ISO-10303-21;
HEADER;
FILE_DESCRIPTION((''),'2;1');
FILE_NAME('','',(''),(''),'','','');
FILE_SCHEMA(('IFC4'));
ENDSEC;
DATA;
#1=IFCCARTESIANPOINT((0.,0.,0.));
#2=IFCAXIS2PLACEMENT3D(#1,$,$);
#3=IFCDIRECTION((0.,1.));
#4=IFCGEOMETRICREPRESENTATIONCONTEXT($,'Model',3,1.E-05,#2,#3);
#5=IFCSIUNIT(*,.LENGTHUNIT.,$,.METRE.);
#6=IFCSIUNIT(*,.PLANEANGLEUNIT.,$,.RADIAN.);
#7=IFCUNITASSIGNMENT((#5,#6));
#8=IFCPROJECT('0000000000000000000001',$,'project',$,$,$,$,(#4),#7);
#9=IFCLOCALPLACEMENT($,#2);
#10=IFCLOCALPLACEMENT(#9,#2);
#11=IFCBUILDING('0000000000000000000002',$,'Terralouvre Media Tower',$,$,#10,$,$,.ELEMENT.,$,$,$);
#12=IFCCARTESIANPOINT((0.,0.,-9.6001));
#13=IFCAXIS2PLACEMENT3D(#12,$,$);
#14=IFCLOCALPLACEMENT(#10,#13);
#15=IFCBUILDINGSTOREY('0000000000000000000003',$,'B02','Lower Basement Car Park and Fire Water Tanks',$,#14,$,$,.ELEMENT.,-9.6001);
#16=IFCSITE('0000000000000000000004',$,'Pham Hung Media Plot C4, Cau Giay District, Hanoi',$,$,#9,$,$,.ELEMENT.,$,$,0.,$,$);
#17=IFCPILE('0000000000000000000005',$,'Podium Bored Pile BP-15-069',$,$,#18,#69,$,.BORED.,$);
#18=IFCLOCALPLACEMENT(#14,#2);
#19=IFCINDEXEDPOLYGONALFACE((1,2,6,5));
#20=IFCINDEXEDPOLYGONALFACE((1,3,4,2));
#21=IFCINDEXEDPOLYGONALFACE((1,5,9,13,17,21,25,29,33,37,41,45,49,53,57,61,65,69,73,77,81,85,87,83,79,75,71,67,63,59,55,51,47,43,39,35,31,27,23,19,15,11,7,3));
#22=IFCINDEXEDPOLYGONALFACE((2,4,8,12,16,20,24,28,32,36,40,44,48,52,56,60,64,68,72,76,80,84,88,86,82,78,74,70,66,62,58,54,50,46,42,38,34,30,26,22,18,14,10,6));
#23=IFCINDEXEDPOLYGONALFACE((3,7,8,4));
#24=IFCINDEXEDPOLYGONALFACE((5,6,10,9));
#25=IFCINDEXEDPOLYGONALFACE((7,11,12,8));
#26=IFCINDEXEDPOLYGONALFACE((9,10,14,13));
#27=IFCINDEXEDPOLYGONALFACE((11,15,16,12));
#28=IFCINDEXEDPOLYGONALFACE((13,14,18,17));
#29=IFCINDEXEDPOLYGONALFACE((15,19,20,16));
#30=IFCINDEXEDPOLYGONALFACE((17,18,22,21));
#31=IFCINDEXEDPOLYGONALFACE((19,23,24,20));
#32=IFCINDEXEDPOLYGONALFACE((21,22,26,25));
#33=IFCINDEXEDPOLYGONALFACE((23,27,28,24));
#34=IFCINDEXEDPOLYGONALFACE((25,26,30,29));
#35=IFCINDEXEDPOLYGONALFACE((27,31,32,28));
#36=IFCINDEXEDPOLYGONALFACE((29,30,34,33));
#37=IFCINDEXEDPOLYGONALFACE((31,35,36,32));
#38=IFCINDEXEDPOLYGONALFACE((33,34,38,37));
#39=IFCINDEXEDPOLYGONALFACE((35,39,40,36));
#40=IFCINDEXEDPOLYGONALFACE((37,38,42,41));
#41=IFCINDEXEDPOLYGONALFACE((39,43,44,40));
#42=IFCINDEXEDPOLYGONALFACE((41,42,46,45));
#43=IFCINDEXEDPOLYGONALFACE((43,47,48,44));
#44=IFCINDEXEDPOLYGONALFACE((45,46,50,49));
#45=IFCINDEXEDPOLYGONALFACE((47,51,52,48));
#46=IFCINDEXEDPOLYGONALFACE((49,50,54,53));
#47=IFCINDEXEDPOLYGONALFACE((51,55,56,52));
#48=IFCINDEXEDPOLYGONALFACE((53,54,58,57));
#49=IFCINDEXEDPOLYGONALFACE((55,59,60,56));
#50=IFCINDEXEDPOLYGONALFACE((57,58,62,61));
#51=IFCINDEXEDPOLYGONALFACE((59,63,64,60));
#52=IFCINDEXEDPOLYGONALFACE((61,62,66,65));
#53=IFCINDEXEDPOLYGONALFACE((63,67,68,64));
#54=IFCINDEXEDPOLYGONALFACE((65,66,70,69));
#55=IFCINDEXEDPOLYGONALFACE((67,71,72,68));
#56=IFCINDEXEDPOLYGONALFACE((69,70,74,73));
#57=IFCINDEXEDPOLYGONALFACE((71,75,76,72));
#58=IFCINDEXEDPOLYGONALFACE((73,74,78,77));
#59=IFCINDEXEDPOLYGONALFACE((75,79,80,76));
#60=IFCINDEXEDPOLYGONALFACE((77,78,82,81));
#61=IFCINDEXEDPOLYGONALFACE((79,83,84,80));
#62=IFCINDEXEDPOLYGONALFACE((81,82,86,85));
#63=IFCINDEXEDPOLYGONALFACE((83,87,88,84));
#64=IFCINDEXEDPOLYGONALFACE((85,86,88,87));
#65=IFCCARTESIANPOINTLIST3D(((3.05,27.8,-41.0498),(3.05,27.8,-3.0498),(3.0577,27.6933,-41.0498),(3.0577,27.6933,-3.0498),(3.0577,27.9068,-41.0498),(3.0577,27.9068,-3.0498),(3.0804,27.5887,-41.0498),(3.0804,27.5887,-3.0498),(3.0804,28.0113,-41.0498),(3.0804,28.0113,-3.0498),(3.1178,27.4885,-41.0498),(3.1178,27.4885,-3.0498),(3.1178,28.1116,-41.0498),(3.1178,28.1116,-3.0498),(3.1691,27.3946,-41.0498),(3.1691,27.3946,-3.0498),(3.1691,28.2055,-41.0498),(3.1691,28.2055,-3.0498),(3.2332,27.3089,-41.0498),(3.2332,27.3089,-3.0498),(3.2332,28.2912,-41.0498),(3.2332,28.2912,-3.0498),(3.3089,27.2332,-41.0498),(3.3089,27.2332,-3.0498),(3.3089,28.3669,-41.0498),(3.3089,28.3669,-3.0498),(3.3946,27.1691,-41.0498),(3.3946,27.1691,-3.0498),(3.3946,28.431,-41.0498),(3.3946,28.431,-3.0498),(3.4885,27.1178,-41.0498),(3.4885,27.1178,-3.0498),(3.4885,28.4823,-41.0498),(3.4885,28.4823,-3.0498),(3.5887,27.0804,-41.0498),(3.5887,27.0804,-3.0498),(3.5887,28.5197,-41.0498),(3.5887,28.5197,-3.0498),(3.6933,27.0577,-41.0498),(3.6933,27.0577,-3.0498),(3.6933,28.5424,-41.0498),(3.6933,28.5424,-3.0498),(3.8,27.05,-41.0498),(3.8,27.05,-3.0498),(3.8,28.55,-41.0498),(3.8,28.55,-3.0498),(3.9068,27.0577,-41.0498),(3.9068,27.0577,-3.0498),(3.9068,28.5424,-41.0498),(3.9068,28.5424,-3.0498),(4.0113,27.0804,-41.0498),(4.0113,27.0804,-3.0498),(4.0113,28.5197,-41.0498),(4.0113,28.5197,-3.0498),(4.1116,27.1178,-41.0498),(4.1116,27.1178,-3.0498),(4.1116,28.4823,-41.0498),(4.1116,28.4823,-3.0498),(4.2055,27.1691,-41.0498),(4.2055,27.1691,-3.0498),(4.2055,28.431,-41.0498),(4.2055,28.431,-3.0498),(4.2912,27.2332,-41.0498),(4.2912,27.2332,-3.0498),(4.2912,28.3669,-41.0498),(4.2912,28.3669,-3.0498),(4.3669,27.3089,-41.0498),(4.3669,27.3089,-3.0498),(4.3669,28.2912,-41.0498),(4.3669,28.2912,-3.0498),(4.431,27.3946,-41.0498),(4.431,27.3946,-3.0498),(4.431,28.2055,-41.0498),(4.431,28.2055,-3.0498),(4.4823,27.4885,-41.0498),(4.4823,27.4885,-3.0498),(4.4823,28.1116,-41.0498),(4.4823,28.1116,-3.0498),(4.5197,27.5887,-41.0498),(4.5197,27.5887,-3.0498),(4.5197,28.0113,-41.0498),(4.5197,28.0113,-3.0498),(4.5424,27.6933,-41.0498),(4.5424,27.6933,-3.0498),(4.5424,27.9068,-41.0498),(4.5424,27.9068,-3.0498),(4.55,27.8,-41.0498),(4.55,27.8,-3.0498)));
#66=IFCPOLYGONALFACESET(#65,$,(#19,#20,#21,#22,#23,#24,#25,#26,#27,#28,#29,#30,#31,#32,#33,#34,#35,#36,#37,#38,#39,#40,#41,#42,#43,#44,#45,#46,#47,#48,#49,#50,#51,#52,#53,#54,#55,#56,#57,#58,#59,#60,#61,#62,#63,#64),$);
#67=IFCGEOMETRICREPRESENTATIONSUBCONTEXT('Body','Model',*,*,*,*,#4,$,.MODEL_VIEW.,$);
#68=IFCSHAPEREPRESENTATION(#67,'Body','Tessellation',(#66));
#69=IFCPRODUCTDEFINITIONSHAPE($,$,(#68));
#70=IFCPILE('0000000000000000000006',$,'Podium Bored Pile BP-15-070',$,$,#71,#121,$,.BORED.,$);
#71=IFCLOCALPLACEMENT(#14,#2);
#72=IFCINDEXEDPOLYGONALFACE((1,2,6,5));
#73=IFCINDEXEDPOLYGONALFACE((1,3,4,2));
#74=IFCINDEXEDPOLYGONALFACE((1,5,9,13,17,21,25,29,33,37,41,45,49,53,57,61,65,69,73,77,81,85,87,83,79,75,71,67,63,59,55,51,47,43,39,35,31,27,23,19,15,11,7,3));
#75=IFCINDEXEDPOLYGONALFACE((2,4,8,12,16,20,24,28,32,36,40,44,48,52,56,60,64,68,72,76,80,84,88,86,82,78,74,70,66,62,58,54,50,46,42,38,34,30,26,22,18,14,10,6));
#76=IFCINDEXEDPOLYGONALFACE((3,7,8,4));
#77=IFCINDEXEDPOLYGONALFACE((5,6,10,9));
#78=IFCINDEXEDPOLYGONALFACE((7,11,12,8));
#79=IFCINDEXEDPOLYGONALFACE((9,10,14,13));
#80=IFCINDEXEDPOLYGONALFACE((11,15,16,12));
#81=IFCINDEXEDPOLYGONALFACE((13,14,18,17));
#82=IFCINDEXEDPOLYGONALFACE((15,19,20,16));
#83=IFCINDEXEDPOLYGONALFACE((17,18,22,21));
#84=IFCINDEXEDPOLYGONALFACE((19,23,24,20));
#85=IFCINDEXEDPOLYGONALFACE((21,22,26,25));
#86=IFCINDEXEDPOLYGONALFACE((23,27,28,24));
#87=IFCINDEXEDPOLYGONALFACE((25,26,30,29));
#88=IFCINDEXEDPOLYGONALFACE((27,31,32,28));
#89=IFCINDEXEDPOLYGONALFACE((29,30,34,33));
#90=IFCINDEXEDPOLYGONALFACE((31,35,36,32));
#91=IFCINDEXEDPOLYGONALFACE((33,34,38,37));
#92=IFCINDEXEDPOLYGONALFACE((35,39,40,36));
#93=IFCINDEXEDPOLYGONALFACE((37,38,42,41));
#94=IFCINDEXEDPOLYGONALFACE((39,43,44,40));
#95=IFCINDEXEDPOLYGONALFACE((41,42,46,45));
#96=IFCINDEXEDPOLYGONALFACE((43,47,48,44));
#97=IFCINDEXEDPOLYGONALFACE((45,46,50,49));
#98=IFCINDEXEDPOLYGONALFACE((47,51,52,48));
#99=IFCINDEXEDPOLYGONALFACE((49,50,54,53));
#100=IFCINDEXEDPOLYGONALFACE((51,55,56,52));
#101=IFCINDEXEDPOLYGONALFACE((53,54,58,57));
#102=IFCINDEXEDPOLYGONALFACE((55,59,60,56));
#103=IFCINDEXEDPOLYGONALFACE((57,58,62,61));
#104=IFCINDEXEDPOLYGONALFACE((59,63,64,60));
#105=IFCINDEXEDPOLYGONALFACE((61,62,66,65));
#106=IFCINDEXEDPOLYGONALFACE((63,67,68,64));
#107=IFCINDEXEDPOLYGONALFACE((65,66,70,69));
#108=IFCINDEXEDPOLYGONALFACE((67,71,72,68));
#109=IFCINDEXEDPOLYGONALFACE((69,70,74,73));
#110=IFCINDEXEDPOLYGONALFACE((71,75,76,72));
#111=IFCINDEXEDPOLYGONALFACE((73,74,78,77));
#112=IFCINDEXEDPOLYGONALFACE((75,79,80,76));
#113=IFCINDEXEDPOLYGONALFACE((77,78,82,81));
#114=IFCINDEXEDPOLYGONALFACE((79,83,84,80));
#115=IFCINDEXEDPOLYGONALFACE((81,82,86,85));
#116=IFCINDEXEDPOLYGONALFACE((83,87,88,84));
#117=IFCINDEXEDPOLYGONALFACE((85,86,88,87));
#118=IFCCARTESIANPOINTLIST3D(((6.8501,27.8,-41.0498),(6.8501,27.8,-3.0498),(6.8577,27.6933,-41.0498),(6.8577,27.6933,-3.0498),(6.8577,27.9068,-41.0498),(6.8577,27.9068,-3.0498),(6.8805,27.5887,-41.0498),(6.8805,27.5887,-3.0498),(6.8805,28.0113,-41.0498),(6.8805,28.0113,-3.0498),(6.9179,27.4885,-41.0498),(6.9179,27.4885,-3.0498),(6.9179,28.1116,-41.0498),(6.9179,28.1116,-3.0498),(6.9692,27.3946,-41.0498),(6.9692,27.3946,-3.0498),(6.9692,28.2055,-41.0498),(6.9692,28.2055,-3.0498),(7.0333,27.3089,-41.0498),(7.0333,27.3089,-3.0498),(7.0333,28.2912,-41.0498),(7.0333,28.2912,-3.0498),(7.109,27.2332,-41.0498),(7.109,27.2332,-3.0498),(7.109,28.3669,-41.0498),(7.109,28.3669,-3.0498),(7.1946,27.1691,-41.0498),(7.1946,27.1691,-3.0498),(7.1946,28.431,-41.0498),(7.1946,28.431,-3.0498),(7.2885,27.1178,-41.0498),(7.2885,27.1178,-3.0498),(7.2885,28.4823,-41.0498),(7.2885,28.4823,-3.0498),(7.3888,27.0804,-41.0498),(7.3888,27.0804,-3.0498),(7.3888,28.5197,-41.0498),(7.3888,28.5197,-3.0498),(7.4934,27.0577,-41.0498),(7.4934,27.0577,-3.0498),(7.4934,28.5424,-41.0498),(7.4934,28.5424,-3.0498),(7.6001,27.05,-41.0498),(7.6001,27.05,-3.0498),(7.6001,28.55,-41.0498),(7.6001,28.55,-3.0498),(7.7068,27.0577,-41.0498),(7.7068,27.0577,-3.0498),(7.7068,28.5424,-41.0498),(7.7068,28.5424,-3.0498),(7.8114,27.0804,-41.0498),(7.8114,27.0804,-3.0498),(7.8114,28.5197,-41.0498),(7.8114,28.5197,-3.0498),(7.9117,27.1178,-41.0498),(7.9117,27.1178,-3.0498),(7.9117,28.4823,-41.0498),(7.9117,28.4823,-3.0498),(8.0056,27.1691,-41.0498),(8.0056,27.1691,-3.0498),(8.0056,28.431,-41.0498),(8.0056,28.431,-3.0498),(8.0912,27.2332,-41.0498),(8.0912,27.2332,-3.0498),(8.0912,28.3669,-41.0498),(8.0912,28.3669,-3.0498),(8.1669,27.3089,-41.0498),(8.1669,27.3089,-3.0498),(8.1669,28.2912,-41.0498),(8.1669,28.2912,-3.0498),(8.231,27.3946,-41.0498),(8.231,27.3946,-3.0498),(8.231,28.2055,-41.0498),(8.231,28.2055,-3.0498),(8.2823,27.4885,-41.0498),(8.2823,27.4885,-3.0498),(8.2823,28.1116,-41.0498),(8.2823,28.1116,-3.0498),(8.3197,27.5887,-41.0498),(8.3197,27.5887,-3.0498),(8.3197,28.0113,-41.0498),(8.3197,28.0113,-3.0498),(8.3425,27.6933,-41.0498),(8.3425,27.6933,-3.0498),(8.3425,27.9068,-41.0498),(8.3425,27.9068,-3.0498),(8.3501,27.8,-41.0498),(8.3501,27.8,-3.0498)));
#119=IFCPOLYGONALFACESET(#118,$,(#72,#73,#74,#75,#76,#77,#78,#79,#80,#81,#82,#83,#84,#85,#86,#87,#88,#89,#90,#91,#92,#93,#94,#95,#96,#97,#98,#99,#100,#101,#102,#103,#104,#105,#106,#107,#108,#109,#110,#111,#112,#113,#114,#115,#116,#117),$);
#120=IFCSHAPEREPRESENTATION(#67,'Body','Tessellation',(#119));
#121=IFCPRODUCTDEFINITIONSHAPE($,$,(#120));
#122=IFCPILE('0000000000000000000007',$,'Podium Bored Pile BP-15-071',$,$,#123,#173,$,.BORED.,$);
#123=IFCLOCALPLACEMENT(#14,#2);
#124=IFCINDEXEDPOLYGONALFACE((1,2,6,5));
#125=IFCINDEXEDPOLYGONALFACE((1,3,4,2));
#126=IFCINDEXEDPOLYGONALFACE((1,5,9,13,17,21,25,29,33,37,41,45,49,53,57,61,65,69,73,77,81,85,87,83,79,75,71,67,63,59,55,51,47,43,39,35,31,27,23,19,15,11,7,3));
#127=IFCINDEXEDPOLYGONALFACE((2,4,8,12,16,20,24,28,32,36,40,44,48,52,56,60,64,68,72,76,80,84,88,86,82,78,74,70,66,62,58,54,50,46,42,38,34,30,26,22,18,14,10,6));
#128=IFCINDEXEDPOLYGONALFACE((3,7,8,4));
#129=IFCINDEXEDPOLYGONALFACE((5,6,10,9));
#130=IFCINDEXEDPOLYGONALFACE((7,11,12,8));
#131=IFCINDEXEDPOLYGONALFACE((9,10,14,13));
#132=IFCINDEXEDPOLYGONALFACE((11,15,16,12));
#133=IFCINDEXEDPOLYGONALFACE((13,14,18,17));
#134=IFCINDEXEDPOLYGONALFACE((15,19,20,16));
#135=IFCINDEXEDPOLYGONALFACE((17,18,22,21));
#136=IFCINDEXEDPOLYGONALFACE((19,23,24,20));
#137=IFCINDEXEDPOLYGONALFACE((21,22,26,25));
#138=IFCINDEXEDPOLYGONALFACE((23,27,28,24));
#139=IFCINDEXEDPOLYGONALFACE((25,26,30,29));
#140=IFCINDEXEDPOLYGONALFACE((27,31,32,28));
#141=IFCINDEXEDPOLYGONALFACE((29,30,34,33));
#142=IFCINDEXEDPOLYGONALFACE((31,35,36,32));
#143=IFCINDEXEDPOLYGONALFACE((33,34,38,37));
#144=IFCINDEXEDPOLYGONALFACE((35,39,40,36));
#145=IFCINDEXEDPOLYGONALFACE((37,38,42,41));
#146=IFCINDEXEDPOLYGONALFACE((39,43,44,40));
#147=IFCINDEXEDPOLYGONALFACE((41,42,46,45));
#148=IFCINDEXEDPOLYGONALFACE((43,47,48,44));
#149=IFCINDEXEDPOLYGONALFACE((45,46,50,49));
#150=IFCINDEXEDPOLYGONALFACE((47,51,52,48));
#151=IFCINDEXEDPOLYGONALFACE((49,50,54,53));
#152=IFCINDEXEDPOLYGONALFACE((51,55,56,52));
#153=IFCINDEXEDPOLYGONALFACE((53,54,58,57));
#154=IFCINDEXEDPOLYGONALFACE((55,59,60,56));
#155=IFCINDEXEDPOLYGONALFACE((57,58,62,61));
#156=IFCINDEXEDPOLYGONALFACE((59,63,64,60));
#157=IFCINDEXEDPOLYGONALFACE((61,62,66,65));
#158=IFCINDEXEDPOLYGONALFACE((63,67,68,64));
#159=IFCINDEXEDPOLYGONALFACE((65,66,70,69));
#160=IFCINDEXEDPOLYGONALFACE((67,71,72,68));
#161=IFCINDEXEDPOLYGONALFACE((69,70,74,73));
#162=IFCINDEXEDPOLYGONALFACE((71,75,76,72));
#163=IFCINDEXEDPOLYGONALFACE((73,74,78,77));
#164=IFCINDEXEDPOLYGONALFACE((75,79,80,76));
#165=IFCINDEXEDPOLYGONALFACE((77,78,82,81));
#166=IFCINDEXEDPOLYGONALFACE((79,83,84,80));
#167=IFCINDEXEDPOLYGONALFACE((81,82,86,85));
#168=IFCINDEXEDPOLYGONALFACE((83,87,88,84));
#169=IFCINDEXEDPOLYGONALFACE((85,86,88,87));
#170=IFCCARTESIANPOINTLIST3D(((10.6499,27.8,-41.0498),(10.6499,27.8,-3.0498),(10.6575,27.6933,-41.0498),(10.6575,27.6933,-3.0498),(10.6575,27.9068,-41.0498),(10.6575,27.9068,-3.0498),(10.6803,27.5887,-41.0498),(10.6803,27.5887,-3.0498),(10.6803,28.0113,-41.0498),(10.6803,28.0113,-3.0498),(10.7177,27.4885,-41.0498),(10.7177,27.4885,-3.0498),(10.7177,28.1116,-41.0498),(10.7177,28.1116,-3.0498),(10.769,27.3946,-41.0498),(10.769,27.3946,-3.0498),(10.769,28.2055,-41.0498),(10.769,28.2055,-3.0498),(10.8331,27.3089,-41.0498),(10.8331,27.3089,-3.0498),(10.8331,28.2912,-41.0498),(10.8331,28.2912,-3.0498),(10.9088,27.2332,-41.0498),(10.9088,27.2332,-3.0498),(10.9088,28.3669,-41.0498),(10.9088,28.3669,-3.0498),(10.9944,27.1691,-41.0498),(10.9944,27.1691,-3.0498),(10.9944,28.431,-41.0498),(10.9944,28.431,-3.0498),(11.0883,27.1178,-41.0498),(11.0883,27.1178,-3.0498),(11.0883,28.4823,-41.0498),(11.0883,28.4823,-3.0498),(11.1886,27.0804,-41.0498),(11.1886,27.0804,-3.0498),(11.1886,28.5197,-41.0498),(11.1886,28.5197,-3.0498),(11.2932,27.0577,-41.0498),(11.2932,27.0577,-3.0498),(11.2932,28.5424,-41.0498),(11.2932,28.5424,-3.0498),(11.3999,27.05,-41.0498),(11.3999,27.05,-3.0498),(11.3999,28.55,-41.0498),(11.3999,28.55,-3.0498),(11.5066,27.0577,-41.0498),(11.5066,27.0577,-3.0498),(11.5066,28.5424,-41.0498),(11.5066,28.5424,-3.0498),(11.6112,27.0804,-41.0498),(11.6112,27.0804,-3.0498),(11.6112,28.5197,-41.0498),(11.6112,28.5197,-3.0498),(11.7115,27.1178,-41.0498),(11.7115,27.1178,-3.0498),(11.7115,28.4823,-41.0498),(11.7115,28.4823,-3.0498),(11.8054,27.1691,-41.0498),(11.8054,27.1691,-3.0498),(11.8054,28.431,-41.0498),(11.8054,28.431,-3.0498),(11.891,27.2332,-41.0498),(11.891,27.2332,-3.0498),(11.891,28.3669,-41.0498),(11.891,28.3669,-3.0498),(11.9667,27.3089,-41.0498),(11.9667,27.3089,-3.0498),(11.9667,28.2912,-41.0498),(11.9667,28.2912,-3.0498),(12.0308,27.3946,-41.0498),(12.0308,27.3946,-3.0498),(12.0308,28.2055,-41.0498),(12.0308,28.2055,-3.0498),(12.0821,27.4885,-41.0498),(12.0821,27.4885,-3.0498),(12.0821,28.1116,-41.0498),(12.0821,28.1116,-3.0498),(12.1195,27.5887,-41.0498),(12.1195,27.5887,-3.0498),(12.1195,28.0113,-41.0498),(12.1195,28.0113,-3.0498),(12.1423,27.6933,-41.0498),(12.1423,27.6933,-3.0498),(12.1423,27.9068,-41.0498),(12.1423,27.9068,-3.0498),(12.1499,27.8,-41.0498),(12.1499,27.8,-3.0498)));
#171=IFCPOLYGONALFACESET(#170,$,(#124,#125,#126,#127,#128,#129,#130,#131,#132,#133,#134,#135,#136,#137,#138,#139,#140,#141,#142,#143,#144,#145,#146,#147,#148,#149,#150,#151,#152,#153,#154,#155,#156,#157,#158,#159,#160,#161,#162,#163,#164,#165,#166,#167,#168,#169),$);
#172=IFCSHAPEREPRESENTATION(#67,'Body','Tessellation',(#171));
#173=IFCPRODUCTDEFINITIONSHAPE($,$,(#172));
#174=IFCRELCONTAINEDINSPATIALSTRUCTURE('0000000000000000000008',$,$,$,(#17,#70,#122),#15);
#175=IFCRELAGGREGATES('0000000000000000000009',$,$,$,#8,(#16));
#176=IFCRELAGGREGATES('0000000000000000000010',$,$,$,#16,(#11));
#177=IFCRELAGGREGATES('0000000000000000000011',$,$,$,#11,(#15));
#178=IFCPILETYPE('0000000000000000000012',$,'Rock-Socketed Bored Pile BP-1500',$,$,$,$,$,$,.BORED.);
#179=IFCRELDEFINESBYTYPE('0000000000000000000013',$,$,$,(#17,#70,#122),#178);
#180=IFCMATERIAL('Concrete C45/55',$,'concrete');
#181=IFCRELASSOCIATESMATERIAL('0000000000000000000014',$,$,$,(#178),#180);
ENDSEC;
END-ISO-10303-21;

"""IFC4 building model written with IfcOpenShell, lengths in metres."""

from ifc_helpers import new_model, si_unit, direction, frame, origin, origin_2d, place, context, subcontext, project, spatial, circle, extrude, material, material_profile, profile_set, type_object, element, save


model = new_model("IFC4")

# Units and contexts
model_context = context("Model", 3, precision=1e-05, world=origin(), true_north=direction((0.0, 1.0)))
body_context = subcontext(model_context, "Body", "Model", "MODEL_VIEW")
ifc_project = project(units=[si_unit("LENGTHUNIT", "METRE"), si_unit("PLANEANGLEUNIT", "RADIAN")], contexts=[model_context])

# Site, building, storey
site_placement = place(None, origin())
site = spatial("IfcSite", under=ifc_project, at=site_placement, Name="Pham Hung Media Plot C4, Cau Giay District, Hanoi", CompositionType="ELEMENT", RefElevation=0.0)
building_placement = place(site_placement, origin())
building = spatial("IfcBuilding", under=site, at=building_placement, Name="Terralouvre Media Tower", CompositionType="ELEMENT")
storey_placement = place(building_placement, frame((0.0, 0.0, -9.6001)))
storey = spatial("IfcBuildingStorey", under=building, at=storey_placement, Name="B02", Description="Lower Basement Car Park and Fire Water Tanks", CompositionType="ELEMENT", Elevation=-9.6001)

# Piles
ifc_material_1 = material(Name="Concrete C45/55", Category="concrete")
ifc_material_profile_1 = material_profile(ifc_material_1, circle(Radius=0.75, at=origin_2d()), Name="BORED PILE 1500")
ifc_profile_set_1 = profile_set([ifc_material_profile_1], Name="Concrete C45/55")
pile_type_1 = type_object("IfcPileType", Name="Rock-Socketed Bored Pile BP-1500", PredefinedType="BORED", material=ifc_profile_set_1)
for number, where, z_axis, x_axis, name in (
    (1, (3.8, 27.8, -3.0498), (0.0, 0.0, -1.0), (1.0, 0.0, 0.0), "Podium Bored Pile BP-15-069"),
    (2, (7.6001, 27.8, -3.0498), (0.0, 0.0, -1.0), (1.0, 0.0, 0.0), "Podium Bored Pile BP-15-070"),
    (3, (11.3999, 27.8, -3.0498), (0.0, 0.0, -1.0), (1.0, 0.0, 0.0), "Podium Bored Pile BP-15-071"),
):
    element("IfcPile", number, at=place(storey_placement, frame(where, z_axis=z_axis, x_axis=x_axis)), inside=storey, type_object=pile_type_1, Name=name, PredefinedType="BORED", context=body_context, shape_type="SweptSolid", body=[
        extrude(circle(Radius=0.75, at=origin_2d()), origin(), (0.0, 0.0, 1.0), 38.0),
    ])

save(model, "model.ifc")
